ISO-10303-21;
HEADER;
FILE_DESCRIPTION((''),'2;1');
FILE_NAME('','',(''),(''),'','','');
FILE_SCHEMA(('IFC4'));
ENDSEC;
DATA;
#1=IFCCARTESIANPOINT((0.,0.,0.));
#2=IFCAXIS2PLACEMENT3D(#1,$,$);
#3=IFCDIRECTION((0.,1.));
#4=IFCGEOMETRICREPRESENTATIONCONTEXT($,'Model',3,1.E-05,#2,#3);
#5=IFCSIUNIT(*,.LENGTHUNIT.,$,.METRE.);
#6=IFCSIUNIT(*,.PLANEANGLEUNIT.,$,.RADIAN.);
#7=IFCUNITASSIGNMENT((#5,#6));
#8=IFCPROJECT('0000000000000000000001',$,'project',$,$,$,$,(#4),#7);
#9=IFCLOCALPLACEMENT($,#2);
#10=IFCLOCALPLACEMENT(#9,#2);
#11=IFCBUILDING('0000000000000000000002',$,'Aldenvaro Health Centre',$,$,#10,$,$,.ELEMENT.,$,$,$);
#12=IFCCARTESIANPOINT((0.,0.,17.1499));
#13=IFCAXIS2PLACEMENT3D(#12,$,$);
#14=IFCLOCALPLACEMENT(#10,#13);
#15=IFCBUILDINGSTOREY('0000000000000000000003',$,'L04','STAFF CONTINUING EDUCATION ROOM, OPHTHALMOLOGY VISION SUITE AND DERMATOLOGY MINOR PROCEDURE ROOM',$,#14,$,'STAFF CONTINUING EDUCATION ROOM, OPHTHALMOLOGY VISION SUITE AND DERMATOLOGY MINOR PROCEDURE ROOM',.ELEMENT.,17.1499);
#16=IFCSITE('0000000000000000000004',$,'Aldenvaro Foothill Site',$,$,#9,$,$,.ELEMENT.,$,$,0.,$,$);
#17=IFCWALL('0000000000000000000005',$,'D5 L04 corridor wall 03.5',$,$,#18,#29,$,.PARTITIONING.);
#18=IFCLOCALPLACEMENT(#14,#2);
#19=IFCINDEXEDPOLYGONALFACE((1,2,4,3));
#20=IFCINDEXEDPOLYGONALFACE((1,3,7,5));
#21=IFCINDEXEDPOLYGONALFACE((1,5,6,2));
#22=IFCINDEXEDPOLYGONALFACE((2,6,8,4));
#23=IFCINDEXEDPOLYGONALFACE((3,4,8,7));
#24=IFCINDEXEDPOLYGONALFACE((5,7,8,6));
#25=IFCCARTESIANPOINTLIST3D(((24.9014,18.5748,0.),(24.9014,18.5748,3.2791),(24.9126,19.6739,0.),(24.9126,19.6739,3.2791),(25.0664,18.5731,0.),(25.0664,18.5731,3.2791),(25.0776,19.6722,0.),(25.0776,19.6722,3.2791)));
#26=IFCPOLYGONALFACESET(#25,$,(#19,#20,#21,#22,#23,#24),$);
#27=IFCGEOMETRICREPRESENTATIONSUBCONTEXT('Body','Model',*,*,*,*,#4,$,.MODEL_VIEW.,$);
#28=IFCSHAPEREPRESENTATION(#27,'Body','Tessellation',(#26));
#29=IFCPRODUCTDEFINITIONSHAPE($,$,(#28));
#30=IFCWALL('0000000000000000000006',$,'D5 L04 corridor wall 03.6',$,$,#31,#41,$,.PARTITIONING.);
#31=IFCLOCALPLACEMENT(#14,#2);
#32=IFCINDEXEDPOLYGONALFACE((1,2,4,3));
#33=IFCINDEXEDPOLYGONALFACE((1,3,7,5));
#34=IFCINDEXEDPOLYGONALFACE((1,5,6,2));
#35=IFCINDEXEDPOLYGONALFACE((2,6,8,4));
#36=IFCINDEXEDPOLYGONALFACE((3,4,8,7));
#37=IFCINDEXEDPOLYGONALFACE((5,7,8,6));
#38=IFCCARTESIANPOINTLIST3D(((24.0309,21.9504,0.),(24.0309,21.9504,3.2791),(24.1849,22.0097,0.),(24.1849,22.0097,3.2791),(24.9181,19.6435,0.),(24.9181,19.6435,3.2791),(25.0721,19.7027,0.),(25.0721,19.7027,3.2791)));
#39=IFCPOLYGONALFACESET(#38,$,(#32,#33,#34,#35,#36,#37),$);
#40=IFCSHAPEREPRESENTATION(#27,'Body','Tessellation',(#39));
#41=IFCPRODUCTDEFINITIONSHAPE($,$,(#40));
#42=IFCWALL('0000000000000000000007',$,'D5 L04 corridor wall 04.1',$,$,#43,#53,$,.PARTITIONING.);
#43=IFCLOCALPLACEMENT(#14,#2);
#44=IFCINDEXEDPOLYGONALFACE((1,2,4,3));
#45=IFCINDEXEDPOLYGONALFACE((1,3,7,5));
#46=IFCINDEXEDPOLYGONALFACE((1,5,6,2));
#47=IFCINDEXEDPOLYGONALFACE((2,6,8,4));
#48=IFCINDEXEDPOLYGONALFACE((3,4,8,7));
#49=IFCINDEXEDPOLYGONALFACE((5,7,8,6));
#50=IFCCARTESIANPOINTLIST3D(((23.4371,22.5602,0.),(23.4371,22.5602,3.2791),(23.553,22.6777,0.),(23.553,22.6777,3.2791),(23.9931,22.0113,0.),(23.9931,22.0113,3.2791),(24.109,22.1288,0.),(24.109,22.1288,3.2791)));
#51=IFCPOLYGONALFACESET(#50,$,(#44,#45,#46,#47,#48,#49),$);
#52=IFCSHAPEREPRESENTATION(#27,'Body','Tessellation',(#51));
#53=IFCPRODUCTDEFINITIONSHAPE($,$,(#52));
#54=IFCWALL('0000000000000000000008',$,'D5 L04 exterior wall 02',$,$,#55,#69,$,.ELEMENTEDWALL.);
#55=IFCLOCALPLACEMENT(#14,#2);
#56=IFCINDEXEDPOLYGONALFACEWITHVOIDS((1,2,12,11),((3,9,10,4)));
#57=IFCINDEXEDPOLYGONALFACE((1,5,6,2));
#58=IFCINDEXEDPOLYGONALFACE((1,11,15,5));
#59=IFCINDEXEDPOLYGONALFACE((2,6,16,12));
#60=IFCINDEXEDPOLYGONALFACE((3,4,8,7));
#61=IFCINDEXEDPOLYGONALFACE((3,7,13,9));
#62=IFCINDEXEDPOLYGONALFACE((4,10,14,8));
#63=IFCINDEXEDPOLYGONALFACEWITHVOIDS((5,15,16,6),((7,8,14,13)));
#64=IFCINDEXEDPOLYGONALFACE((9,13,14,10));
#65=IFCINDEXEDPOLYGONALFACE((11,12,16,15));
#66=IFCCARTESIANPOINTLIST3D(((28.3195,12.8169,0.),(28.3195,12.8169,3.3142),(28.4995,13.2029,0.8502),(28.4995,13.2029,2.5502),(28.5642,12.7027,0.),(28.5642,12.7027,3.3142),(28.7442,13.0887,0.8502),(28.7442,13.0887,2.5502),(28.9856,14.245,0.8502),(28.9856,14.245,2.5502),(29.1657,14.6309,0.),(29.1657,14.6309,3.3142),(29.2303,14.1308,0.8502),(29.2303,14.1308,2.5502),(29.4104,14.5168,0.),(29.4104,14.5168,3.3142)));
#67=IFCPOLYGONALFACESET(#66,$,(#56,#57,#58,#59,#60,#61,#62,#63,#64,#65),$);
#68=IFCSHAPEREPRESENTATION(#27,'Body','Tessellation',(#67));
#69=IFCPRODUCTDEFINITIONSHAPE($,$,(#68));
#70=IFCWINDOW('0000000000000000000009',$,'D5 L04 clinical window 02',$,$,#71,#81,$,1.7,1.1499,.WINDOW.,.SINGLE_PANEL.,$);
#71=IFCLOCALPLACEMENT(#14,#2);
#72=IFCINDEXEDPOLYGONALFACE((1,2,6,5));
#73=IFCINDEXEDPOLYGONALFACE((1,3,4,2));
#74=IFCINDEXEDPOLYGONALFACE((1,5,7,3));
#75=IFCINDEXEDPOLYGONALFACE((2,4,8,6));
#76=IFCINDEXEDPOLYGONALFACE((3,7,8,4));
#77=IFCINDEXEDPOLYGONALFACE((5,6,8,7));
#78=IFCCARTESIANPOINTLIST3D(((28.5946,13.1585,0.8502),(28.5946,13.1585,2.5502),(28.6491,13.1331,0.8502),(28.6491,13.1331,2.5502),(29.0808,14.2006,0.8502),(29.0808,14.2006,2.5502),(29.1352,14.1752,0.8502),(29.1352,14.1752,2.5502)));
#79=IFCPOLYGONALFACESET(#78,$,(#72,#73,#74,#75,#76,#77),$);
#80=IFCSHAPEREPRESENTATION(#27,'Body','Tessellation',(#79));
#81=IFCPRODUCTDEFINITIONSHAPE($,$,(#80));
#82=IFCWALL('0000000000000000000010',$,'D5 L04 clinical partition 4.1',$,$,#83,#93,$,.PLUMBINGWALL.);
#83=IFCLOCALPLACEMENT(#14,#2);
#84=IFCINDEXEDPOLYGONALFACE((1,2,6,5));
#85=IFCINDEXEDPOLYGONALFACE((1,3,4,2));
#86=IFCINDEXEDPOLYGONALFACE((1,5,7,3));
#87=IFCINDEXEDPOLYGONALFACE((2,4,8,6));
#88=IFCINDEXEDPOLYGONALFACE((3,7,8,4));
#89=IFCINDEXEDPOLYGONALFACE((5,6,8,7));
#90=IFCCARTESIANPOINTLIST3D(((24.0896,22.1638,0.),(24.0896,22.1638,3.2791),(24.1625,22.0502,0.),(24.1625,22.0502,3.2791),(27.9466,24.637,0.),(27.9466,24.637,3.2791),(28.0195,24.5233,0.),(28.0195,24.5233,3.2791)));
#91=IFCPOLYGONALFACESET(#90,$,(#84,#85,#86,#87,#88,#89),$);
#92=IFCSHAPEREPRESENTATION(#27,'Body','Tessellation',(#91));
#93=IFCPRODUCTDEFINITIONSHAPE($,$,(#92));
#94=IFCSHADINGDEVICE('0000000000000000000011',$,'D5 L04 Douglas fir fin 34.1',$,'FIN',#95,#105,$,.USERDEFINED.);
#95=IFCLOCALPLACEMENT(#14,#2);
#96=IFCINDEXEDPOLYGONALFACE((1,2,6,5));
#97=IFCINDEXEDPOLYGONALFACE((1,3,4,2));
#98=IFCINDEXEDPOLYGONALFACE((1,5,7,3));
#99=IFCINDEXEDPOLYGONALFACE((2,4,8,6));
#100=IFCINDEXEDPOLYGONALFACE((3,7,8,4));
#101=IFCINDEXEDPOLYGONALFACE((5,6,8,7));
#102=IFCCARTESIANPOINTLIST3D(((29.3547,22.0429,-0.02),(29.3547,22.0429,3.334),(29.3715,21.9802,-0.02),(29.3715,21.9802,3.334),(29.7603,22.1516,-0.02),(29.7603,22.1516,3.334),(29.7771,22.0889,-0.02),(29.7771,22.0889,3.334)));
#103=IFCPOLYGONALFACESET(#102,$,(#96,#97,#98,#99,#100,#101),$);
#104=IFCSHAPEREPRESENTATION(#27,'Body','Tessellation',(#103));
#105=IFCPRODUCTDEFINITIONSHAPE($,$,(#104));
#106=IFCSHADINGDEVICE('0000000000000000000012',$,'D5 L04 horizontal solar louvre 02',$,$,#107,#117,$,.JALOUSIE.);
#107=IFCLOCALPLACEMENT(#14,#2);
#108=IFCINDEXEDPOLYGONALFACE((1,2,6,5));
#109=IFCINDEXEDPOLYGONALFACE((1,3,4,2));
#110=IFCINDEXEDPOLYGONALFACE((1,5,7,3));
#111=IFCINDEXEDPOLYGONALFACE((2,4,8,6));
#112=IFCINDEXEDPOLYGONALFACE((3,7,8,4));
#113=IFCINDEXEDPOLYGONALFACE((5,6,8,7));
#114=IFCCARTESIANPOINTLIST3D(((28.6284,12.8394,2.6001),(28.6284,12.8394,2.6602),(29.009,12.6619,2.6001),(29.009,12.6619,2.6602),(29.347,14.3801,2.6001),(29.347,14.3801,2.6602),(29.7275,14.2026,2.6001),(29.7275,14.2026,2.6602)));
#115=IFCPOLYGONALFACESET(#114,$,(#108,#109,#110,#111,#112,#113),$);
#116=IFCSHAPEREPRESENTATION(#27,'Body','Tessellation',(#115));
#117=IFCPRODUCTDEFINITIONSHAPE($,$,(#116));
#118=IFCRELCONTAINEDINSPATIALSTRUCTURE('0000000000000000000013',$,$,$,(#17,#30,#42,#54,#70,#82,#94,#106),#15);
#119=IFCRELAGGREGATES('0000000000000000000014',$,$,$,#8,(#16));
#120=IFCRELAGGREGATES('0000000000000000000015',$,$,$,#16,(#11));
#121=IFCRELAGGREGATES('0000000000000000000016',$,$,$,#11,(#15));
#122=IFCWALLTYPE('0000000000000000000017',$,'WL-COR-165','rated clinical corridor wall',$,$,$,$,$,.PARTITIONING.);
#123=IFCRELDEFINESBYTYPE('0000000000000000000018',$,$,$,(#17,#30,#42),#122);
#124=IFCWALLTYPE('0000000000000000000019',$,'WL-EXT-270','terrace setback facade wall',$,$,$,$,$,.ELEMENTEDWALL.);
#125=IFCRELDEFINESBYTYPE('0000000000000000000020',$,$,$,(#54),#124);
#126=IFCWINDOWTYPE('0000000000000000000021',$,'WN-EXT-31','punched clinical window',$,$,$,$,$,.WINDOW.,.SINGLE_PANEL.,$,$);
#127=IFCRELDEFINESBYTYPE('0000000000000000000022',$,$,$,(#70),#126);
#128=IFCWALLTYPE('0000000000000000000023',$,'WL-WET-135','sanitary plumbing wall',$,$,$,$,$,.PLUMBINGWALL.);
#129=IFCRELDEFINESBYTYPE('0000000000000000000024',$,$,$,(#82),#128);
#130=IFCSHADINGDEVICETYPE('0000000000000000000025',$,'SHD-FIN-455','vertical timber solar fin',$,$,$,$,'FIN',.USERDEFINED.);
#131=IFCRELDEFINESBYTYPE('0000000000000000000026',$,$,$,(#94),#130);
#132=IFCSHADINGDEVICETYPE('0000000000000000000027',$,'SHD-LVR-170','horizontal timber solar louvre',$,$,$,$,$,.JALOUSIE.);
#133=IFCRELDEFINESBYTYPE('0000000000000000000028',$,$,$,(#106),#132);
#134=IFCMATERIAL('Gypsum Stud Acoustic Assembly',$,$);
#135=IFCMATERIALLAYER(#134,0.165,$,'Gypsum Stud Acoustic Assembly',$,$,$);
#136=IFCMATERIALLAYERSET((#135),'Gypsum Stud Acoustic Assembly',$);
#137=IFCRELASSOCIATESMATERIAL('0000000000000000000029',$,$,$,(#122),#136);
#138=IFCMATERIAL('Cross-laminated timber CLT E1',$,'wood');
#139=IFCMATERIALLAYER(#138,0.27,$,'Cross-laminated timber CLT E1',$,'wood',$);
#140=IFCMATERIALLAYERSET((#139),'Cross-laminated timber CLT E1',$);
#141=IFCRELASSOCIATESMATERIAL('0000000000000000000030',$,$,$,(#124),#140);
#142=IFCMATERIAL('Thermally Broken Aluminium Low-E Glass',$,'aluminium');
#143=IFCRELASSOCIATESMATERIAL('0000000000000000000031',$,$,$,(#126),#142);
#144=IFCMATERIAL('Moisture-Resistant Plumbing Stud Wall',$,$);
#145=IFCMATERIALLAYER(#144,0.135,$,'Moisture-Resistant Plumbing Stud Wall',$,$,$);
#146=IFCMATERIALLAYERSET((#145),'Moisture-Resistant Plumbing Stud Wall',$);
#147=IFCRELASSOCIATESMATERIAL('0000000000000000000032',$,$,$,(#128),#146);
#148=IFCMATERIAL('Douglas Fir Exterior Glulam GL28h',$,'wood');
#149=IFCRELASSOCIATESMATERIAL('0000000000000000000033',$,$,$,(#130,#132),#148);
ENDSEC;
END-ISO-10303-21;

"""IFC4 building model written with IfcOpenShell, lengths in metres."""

from ifc_helpers import new_model, si_unit, direction, frame, frame_2d, origin, origin_2d, place, context, subcontext, project, spatial, rectangle, extrude, material, layer, layer_set, type_object, element, fill, save


model = new_model("IFC4")

# Units and contexts
model_context = context("Model", 3, precision=1e-05, world=origin(), true_north=direction((0.0, 1.0)))
body_context = subcontext(model_context, "Body", "Model", "MODEL_VIEW")
ifc_project = project(units=[si_unit("LENGTHUNIT", "METRE"), si_unit("PLANEANGLEUNIT", "RADIAN")], contexts=[model_context])

# Site, building, storey
site_placement = place(None, origin())
site = spatial("IfcSite", under=ifc_project, at=site_placement, Name="Aldenvaro Foothill Site", CompositionType="ELEMENT", RefElevation=0.0)
building_placement = place(site_placement, origin())
building = spatial("IfcBuilding", under=site, at=building_placement, Name="Aldenvaro Health Centre", CompositionType="ELEMENT")
storey_placement = place(building_placement, frame((0.0, 0.0, 17.1499)))
storey = spatial("IfcBuildingStorey", under=building, at=storey_placement, Name="L04", Description="STAFF CONTINUING EDUCATION ROOM, OPHTHALMOLOGY VISION SUITE AND DERMATOLOGY MINOR PROCEDURE ROOM", LongName="STAFF CONTINUING EDUCATION ROOM, OPHTHALMOLOGY VISION SUITE AND DERMATOLOGY MINOR PROCEDURE ROOM", CompositionType="ELEMENT", Elevation=17.1499)

# Shared definitions
ifc_material_1 = material(Name="Gypsum Stud Acoustic Assembly")
ifc_layer_1 = layer(ifc_material_1, 0.165, Name="Gypsum Stud Acoustic Assembly")
ifc_layer_set_1 = layer_set([ifc_layer_1], Name="Gypsum Stud Acoustic Assembly")
wall_type_1 = type_object("IfcWallType", Name="WL-COR-165", Description="rated clinical corridor wall", PredefinedType="PARTITIONING", material=ifc_layer_set_1)

# Walls
wall_1_placement = place(storey_placement, frame((24.9839, 18.574, 0.0), z_axis=(0.0, 0.0, 1.0), x_axis=(0.010217, 0.999948, 0.0)))
element("IfcWall", 1, at=wall_1_placement, inside=storey, type_object=wall_type_1, Name="D5 L04 corridor wall 03.5", PredefinedType="PARTITIONING", context=body_context, shape_type="SweptSolid", body=[
    extrude(rectangle(XDim=1.0991, YDim=0.165, at=frame_2d((0.5496, 0.0))), origin(), (0.0, 0.0, 1.0), 3.2791),
])
wall_2_placement = place(storey_placement, frame((24.9951, 19.6731, 0.0), z_axis=(0.0, 0.0, 1.0), x_axis=(-0.358959, 0.933353, 0.0)))
element("IfcWall", 2, at=wall_2_placement, inside=storey, type_object=wall_type_1, Name="D5 L04 corridor wall 03.6", PredefinedType="PARTITIONING", context=body_context, shape_type="SweptSolid", body=[
    extrude(rectangle(XDim=2.4717, YDim=0.165, at=frame_2d((1.2358, 0.0))), origin(), (0.0, 0.0, 1.0), 3.2791),
])
wall_3_placement = place(storey_placement, frame((24.051, 22.0701, 0.0), z_axis=(0.0, 0.0, 1.0), x_axis=(-0.711624, 0.702561, 0.0)))
element("IfcWall", 3, at=wall_3_placement, inside=storey, type_object=wall_type_1, Name="D5 L04 corridor wall 04.1", PredefinedType="PARTITIONING", context=body_context, shape_type="SweptSolid", body=[
    extrude(rectangle(XDim=0.7812, YDim=0.165, at=frame_2d((0.3906, 0.0))), origin(), (0.0, 0.0, 1.0), 3.2791),
])

# Wall, opening, window
ifc_material_2 = material(Name="Cross-laminated timber CLT E1", Category="wood")
ifc_layer_2 = layer(ifc_material_2, 0.27, Name="Cross-laminated timber CLT E1", Category="wood")
ifc_layer_set_2 = layer_set([ifc_layer_2], Name="Cross-laminated timber CLT E1")
wall_type_2 = type_object("IfcWallType", Name="WL-EXT-270", Description="terrace setback facade wall", PredefinedType="ELEMENTEDWALL", material=ifc_layer_set_2)
wall_4_placement = place(storey_placement, frame((29.2881, 14.574, 0.0), z_axis=(0.0, 0.0, 1.0), x_axis=(-0.422752, -0.906245, 0.0)))
wall_4 = element("IfcWall", 4, at=wall_4_placement, inside=storey, type_object=wall_type_2, Name="D5 L04 exterior wall 02", PredefinedType="ELEMENTEDWALL", context=body_context, shape_type="SweptSolid", body=[
    extrude(rectangle(XDim=2.0017, YDim=0.27, at=frame_2d((1.001, 0.0))), origin(), (0.0, 0.0, 1.0), 3.3142),
])
opening_1_placement = place(wall_4_placement, frame((0.426, 0.0, 0.8501)))
opening_1 = element("IfcOpeningElement", 5, at=opening_1_placement, cuts=wall_4, PredefinedType="OPENING", context=body_context, shape_type="SweptSolid", body=[
    extrude(rectangle(XDim=1.1499, YDim=1.7, at=frame_2d((0.575, 0.8501))), frame((0.0, 0.145, 0.0), z_axis=(0.0, -1.0, 0.0), x_axis=(1.0, 0.0, 0.0)), (0.0, 0.0, 1.0), 0.29),
])
ifc_material_3 = material(Name="Thermally Broken Aluminium Low-E Glass", Category="aluminium")
window_type = type_object("IfcWindowType", Name="WN-EXT-31", Description="punched clinical window", PartitioningType="SINGLE_PANEL", PredefinedType="WINDOW", material=ifc_material_3)
window_placement = place(opening_1_placement, origin())
window = element("IfcWindow", 6, at=window_placement, inside=storey, type_object=window_type, Name="D5 L04 clinical window 02", OverallHeight=1.7, OverallWidth=1.1499, PartitioningType="SINGLE_PANEL", PredefinedType="WINDOW", context=body_context, shape_type="SweptSolid", body=[
    extrude(rectangle(XDim=1.1499, YDim=1.7, at=frame_2d((0.575, 0.8501))), frame((0.0, 0.03, 0.0), z_axis=(0.0, -1.0, 0.0), x_axis=(1.0, 0.0, 0.0)), (0.0, 0.0, 1.0), 0.0601),
])
fill(opening_1, window)

# Wall
ifc_material_4 = material(Name="Moisture-Resistant Plumbing Stud Wall")
ifc_layer_3 = layer(ifc_material_4, 0.135, Name="Moisture-Resistant Plumbing Stud Wall")
ifc_layer_set_3 = layer_set([ifc_layer_3], Name="Moisture-Resistant Plumbing Stud Wall")
wall_type_3 = type_object("IfcWallType", Name="WL-WET-135", Description="sanitary plumbing wall", PredefinedType="PLUMBINGWALL", material=ifc_layer_set_3)
wall_5_placement = place(storey_placement, frame((24.126, 22.1069, 0.0), z_axis=(0.0, 0.0, 1.0), x_axis=(0.841805, 0.539782, 0.0)))
element("IfcWall", 7, at=wall_5_placement, inside=storey, type_object=wall_type_3, Name="D5 L04 clinical partition 4.1", PredefinedType="PLUMBINGWALL", context=body_context, shape_type="SweptSolid", body=[
    extrude(rectangle(XDim=4.5818, YDim=0.135, at=frame_2d((2.291, 0.0))), origin(), (0.0, 0.0, 1.0), 3.2791),
])

# Shading devices
ifc_material_5 = material(Name="Douglas Fir Exterior Glulam GL28h", Category="wood")
shading_device_type_1 = type_object("IfcShadingDeviceType", Name="SHD-FIN-455", Description="vertical timber solar fin", ElementType="FIN", PredefinedType="USERDEFINED", material=ifc_material_5)
shading_device_1_placement = place(storey_placement, frame((29.5659, 22.0659, -0.02), z_axis=(0.0, 0.0, 1.0), x_axis=(0.258844, -0.965919, 0.0)))
element("IfcShadingDevice", 8, at=shading_device_1_placement, inside=storey, type_object=shading_device_type_1, Name="D5 L04 Douglas fir fin 34.1", ObjectType="FIN", PredefinedType="USERDEFINED", context=body_context, shape_type="SweptSolid", body=[
    extrude(rectangle(XDim=0.0649, YDim=0.4199, at=origin_2d()), origin(), (0.0, 0.0, 1.0), 3.354),
])
shading_device_type_2 = type_object("IfcShadingDeviceType", Name="SHD-LVR-170", Description="horizontal timber solar louvre", PredefinedType="JALOUSIE", material=ifc_material_5)
shading_device_2_placement = place(storey_placement, frame((29.178, 13.521, 2.6001), z_axis=(0.0, 0.0, 1.0), x_axis=(-0.422667, -0.906285, 0.0)))
element("IfcShadingDevice", 9, at=shading_device_2_placement, inside=storey, type_object=shading_device_type_2, Name="D5 L04 horizontal solar louvre 02", PredefinedType="JALOUSIE", context=body_context, shape_type="SweptSolid", body=[
    extrude(rectangle(XDim=1.7, YDim=0.4199, at=origin_2d()), origin(), (0.0, 0.0, 1.0), 0.0601),
])

save(model, "model.ifc")
